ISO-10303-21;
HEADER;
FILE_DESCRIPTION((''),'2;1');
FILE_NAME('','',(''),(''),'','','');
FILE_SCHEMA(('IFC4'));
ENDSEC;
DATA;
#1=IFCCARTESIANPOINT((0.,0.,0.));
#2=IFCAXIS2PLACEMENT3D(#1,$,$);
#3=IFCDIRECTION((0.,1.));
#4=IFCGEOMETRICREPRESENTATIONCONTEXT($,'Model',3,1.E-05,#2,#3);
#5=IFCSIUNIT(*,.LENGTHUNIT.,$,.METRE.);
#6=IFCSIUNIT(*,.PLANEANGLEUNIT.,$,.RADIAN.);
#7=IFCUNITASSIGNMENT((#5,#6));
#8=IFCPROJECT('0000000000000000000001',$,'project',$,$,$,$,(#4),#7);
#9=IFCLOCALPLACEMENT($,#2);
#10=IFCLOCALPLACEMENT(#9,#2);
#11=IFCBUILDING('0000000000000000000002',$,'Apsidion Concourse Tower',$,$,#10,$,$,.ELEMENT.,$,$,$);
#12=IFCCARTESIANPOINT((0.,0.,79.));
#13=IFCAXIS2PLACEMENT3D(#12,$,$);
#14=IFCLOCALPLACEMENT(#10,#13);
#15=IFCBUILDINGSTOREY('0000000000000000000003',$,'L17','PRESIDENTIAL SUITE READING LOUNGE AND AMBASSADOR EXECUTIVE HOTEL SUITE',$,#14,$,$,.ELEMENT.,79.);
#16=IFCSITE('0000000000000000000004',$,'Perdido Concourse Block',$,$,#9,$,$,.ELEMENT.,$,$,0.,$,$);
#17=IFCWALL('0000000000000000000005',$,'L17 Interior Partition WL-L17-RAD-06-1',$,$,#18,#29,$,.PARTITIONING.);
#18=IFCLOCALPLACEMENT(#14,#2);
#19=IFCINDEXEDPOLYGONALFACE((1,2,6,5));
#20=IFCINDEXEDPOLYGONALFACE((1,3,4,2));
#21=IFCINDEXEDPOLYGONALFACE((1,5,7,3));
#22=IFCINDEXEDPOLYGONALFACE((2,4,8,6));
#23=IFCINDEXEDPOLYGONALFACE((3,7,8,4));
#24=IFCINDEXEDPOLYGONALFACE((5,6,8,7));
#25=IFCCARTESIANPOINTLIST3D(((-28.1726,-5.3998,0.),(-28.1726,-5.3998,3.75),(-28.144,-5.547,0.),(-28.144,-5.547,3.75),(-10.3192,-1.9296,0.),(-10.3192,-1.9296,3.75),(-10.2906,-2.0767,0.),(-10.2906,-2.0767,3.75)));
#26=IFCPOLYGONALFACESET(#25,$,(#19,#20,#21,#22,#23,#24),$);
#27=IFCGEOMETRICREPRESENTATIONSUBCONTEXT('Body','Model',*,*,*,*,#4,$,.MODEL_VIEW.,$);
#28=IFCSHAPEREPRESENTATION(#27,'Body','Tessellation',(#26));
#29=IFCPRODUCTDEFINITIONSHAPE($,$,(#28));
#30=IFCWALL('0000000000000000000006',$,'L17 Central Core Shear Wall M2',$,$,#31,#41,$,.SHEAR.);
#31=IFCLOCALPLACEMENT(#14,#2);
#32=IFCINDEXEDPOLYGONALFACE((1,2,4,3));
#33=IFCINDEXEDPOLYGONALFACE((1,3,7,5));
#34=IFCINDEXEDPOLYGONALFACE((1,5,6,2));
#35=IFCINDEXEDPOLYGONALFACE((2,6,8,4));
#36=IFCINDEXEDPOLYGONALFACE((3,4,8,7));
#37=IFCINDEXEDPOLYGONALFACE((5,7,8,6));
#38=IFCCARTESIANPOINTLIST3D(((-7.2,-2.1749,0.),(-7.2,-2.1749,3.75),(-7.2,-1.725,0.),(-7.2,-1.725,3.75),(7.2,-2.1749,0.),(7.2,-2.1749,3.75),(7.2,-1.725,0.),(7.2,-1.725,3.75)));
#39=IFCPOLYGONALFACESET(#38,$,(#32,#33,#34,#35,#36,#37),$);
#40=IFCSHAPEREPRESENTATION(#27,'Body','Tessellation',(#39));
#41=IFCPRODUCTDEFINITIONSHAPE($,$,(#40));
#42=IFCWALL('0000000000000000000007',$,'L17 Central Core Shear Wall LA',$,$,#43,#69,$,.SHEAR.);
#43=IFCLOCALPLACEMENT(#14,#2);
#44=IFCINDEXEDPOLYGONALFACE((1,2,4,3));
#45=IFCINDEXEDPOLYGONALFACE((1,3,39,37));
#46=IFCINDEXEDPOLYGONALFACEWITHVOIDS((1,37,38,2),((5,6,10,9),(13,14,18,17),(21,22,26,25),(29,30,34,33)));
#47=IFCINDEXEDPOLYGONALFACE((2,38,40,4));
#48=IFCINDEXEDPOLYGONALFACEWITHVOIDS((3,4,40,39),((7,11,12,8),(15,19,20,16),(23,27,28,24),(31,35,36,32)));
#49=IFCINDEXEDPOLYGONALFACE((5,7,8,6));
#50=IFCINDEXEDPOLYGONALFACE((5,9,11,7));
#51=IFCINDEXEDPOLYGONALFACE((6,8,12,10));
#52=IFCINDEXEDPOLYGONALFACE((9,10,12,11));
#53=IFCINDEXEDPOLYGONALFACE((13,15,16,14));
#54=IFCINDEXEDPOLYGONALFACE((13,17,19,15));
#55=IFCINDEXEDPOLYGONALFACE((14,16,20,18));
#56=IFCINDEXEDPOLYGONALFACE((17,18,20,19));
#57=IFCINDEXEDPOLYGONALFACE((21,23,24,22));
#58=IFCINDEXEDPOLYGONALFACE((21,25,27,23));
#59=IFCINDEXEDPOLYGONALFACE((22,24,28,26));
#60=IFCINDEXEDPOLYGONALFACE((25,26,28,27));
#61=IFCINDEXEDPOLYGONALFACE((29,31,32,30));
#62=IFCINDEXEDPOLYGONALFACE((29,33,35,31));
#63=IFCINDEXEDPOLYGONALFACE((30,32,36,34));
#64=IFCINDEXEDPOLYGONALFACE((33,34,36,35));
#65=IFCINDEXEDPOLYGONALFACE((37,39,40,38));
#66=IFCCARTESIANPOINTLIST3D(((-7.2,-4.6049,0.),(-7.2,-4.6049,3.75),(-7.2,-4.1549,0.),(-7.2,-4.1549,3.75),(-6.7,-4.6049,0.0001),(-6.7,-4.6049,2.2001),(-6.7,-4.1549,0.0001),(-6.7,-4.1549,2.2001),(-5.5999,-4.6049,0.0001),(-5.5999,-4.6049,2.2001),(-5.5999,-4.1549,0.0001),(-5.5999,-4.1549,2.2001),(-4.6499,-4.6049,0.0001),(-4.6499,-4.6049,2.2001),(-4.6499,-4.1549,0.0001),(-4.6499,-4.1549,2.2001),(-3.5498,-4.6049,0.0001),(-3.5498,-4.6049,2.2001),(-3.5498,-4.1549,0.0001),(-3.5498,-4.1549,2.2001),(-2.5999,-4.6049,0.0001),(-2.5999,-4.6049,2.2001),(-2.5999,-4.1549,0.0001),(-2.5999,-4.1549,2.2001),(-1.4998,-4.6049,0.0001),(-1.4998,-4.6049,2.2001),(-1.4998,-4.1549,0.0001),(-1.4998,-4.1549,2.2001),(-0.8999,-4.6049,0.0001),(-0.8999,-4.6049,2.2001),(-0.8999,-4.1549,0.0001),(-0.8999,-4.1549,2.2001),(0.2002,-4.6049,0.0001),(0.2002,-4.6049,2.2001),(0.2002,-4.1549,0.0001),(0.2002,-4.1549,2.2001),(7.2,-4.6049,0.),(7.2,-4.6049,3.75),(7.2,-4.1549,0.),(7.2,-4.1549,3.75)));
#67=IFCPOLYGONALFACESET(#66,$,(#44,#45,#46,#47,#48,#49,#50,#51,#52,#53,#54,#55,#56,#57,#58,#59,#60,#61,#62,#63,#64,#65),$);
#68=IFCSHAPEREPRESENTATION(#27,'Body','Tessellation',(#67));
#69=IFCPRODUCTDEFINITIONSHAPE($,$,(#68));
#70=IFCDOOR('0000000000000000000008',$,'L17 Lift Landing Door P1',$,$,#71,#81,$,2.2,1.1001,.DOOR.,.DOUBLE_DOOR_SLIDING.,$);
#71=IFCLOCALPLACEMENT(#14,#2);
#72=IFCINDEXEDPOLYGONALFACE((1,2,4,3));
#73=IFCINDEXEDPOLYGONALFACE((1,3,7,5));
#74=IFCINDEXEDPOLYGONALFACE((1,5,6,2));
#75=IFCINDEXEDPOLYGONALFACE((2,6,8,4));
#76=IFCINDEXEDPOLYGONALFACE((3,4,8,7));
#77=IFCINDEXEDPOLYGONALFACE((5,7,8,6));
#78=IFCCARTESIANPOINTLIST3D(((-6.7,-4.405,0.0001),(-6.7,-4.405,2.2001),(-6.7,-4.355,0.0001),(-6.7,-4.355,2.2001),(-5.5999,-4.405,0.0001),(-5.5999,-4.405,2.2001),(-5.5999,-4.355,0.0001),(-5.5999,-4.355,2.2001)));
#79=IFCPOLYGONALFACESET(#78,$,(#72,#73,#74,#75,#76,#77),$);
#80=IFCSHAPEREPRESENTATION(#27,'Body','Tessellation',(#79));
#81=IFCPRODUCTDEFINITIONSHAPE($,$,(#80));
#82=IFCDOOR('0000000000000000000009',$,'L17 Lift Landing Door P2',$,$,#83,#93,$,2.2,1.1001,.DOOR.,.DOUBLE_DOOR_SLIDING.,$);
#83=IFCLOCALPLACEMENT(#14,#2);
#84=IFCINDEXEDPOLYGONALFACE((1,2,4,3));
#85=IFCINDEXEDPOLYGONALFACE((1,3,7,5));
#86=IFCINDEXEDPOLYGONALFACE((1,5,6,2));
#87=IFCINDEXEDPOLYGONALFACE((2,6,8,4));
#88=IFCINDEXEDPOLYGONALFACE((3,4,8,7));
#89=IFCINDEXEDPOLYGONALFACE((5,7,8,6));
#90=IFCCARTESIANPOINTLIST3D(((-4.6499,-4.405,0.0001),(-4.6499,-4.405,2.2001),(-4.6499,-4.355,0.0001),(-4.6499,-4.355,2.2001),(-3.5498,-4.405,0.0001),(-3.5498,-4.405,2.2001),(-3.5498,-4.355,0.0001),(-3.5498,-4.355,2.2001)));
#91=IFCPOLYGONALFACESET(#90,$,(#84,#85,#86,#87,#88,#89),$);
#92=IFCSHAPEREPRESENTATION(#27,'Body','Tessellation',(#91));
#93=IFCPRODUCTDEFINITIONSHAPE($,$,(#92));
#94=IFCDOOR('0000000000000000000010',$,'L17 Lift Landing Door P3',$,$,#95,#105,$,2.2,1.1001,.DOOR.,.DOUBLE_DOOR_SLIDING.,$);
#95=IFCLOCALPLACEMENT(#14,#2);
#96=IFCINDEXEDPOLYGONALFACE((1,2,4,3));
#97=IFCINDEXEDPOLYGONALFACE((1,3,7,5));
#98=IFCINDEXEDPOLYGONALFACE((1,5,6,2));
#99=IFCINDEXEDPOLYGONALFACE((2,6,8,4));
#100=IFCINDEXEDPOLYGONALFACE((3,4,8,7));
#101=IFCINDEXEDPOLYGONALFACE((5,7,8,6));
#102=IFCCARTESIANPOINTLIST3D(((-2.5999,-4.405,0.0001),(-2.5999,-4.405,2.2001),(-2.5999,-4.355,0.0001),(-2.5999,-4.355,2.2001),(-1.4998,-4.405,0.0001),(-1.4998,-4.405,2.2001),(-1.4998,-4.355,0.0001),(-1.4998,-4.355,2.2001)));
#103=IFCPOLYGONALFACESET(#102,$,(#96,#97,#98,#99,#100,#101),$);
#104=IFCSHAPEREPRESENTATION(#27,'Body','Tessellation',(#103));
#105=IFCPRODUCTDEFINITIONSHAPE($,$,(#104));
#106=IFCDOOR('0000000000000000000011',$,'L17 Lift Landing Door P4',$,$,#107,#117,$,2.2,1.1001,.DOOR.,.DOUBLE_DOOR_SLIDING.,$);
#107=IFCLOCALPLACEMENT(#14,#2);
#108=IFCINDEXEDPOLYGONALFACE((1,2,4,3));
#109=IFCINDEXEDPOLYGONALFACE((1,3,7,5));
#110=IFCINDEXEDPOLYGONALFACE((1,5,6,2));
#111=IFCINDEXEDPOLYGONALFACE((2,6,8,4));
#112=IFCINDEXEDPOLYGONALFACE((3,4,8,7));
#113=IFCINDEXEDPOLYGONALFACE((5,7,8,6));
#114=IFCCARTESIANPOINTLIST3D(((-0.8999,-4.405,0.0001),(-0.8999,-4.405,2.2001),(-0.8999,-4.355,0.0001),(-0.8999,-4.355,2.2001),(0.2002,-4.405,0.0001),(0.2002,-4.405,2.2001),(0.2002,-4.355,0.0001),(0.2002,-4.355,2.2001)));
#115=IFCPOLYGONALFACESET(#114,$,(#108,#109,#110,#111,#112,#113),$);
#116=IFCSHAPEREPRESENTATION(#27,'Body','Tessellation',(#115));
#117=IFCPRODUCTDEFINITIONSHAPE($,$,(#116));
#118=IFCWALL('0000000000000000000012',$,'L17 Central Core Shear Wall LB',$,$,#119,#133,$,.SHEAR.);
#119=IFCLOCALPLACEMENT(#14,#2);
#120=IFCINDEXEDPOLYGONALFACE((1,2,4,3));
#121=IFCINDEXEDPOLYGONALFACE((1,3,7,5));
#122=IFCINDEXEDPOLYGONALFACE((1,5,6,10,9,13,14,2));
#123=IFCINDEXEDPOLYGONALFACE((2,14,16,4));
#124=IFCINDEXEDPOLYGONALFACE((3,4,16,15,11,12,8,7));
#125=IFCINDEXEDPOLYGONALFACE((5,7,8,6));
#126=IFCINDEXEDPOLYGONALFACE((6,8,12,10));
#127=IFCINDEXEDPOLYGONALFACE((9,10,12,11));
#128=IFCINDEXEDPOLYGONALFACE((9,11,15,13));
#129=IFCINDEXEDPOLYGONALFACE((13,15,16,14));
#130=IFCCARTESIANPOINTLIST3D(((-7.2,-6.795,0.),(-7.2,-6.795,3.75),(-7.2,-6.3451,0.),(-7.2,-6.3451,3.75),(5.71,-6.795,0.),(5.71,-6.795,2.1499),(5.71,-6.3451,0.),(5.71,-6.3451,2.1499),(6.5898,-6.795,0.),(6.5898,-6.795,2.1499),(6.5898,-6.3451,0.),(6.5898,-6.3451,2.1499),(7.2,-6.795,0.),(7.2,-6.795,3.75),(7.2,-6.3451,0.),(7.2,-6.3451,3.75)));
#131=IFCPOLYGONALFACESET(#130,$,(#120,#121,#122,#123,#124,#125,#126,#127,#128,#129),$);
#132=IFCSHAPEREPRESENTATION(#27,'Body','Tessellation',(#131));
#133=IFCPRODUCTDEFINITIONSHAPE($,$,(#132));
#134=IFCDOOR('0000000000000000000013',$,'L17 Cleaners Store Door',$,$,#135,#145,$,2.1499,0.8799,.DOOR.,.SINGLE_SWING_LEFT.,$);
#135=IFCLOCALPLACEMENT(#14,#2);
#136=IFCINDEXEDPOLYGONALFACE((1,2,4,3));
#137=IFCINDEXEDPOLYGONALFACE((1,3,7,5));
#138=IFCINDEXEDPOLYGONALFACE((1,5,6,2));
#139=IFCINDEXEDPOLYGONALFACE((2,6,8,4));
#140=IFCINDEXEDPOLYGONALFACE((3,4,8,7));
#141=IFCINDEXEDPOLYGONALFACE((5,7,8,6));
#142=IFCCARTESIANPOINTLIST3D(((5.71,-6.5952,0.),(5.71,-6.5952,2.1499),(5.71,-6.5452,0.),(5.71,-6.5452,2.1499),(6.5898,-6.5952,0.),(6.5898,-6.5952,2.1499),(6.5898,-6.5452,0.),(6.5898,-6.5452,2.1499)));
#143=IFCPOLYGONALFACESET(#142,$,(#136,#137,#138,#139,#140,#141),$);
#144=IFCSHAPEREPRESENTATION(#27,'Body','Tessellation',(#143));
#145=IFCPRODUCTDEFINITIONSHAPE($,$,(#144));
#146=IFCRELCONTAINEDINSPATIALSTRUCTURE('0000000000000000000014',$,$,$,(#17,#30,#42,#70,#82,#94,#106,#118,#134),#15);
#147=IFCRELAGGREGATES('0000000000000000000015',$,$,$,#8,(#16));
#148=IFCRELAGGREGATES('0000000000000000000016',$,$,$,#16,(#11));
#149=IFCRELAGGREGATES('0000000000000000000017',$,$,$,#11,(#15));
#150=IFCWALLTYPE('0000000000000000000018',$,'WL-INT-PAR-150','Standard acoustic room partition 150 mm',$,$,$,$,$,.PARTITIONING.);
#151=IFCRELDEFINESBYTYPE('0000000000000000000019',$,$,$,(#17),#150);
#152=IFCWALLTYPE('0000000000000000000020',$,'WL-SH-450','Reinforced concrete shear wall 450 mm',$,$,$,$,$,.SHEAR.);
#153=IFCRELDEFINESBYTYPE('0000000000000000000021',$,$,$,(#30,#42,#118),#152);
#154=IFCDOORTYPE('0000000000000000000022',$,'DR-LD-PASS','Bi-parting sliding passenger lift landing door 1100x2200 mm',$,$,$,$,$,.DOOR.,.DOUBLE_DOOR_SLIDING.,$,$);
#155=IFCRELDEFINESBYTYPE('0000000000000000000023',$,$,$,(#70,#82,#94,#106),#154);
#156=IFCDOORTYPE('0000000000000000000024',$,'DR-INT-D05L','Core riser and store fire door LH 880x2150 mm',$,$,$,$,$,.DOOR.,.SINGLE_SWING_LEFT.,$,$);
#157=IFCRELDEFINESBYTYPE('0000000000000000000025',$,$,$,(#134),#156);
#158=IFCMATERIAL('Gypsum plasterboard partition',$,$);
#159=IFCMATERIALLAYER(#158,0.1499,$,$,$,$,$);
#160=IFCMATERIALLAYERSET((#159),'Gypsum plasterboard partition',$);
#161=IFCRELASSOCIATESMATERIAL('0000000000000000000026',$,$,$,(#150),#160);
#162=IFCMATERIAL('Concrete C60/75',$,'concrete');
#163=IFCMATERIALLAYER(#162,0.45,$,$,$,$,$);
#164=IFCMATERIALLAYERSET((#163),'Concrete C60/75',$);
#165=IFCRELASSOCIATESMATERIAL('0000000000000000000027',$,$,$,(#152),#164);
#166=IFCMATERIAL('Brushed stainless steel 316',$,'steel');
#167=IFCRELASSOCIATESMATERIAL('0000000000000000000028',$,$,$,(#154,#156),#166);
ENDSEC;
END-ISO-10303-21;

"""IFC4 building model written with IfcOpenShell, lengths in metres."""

from ifc_helpers import new_model, si_unit, direction, frame, frame_2d, origin, place, context, subcontext, project, spatial, rectangle, extrude, material, layer, layer_set, type_object, element, fill, save


model = new_model("IFC4")

# Units and contexts
model_context = context("Model", 3, precision=1e-05, world=origin(), true_north=direction((0.0, 1.0)))
body_context = subcontext(model_context, "Body", "Model", "MODEL_VIEW")
ifc_project = project(units=[si_unit("LENGTHUNIT", "METRE"), si_unit("PLANEANGLEUNIT", "RADIAN")], contexts=[model_context])

# Site, building, storey
site_placement = place(None, origin())
site = spatial("IfcSite", under=ifc_project, at=site_placement, Name="Perdido Concourse Block", CompositionType="ELEMENT", RefElevation=0.0)
building_placement = place(site_placement, origin())
building = spatial("IfcBuilding", under=site, at=building_placement, Name="Apsidion Concourse Tower", CompositionType="ELEMENT")
storey_placement = place(building_placement, frame((0.0, 0.0, 79.0)))
storey = spatial("IfcBuildingStorey", under=building, at=storey_placement, Name="L17", Description="PRESIDENTIAL SUITE READING LOUNGE AND AMBASSADOR EXECUTIVE HOTEL SUITE", CompositionType="ELEMENT", Elevation=79.0)

# Walls
ifc_material_1 = material(Name="Gypsum plasterboard partition")
ifc_layer_1 = layer(ifc_material_1, 0.1499)
ifc_layer_set_1 = layer_set([ifc_layer_1], Name="Gypsum plasterboard partition")
wall_type_1 = type_object("IfcWallType", Name="WL-INT-PAR-150", Description="Standard acoustic room partition 150 mm", PredefinedType="PARTITIONING", material=ifc_layer_set_1)
wall_1_placement = place(storey_placement, frame((-10.3049, -2.0032, 0.0), z_axis=(0.0, 0.0, 1.0), x_axis=(-0.981628, -0.190803, 0.0)))
element("IfcWall", 1, at=wall_1_placement, inside=storey, type_object=wall_type_1, Name="L17 Interior Partition WL-L17-RAD-06-1", PredefinedType="PARTITIONING", context=body_context, shape_type="SweptSolid", body=[
    extrude(rectangle(XDim=18.1875, YDim=0.1499, at=frame_2d((9.0938, 0.0))), origin(), (0.0, 0.0, 1.0), 3.75),
])
ifc_material_2 = material(Name="Concrete C60/75", Category="concrete")
ifc_layer_2 = layer(ifc_material_2, 0.45)
ifc_layer_set_2 = layer_set([ifc_layer_2], Name="Concrete C60/75")
wall_type_2 = type_object("IfcWallType", Name="WL-SH-450", Description="Reinforced concrete shear wall 450 mm", PredefinedType="SHEAR", material=ifc_layer_set_2)
wall_2_placement = place(storey_placement, frame((-7.2, -1.95, 0.0), z_axis=(0.0, 0.0, 1.0), x_axis=(1.0, 0.0, 0.0)))
element("IfcWall", 2, at=wall_2_placement, inside=storey, type_object=wall_type_2, Name="L17 Central Core Shear Wall M2", PredefinedType="SHEAR", context=body_context, shape_type="SweptSolid", body=[
    extrude(rectangle(XDim=14.3999, YDim=0.45, at=frame_2d((7.2, 0.0))), origin(), (0.0, 0.0, 1.0), 3.75),
])

# Wall, openings, doors
wall_3_placement = place(storey_placement, frame((-7.2, -4.3799, 0.0), z_axis=(0.0, 0.0, 1.0), x_axis=(1.0, 0.0, 0.0)))
wall_3 = element("IfcWall", 3, at=wall_3_placement, inside=storey, type_object=wall_type_2, Name="L17 Central Core Shear Wall LA", PredefinedType="SHEAR", context=body_context, shape_type="SweptSolid", body=[
    extrude(rectangle(XDim=14.3999, YDim=0.45, at=frame_2d((7.2, 0.0))), origin(), (0.0, 0.0, 1.0), 3.75),
])
opening_1_placement = place(wall_3_placement, frame((0.5, 0.0, 0.0)))
opening_1 = element("IfcOpeningElement", 4, at=opening_1_placement, cuts=wall_3, PredefinedType="OPENING", context=body_context, shape_type="SweptSolid", body=[
    extrude(rectangle(XDim=1.1001, YDim=2.2, at=frame_2d((0.55, 1.1001))), frame((0.0, 0.2349, 0.0), z_axis=(0.0, -1.0, 0.0), x_axis=(1.0, 0.0, 0.0)), (0.0, 0.0, 1.0), 0.47),
])
opening_2_placement = place(wall_3_placement, frame((2.55, 0.0, 0.0)))
opening_2 = element("IfcOpeningElement", 5, at=opening_2_placement, cuts=wall_3, PredefinedType="OPENING", context=body_context, shape_type="SweptSolid", body=[
    extrude(rectangle(XDim=1.1001, YDim=2.2, at=frame_2d((0.55, 1.1001))), frame((0.0, 0.2349, 0.0), z_axis=(0.0, -1.0, 0.0), x_axis=(1.0, 0.0, 0.0)), (0.0, 0.0, 1.0), 0.47),
])
opening_3_placement = place(wall_3_placement, frame((4.6001, 0.0, 0.0)))
opening_3 = element("IfcOpeningElement", 6, at=opening_3_placement, cuts=wall_3, PredefinedType="OPENING", context=body_context, shape_type="SweptSolid", body=[
    extrude(rectangle(XDim=1.1001, YDim=2.2, at=frame_2d((0.55, 1.1001))), frame((0.0, 0.2349, 0.0), z_axis=(0.0, -1.0, 0.0), x_axis=(1.0, 0.0, 0.0)), (0.0, 0.0, 1.0), 0.47),
])
opening_4_placement = place(wall_3_placement, frame((6.3, 0.0, 0.0)))
opening_4 = element("IfcOpeningElement", 7, at=opening_4_placement, cuts=wall_3, PredefinedType="OPENING", context=body_context, shape_type="SweptSolid", body=[
    extrude(rectangle(XDim=1.1001, YDim=2.2, at=frame_2d((0.55, 1.1001))), frame((0.0, 0.2349, 0.0), z_axis=(0.0, -1.0, 0.0), x_axis=(1.0, 0.0, 0.0)), (0.0, 0.0, 1.0), 0.47),
])
ifc_material_3 = material(Name="Brushed stainless steel 316", Category="steel")
door_type_1 = type_object("IfcDoorType", Name="DR-LD-PASS", Description="Bi-parting sliding passenger lift landing door 1100x2200 mm", OperationType="DOUBLE_DOOR_SLIDING", PredefinedType="DOOR", material=ifc_material_3)
door_1_placement = place(opening_1_placement, origin())
door_1 = element("IfcDoor", 8, at=door_1_placement, inside=storey, type_object=door_type_1, Name="L17 Lift Landing Door P1", OperationType="DOUBLE_DOOR_SLIDING", OverallHeight=2.2, OverallWidth=1.1001, PredefinedType="DOOR", context=body_context, shape_type="SweptSolid", body=[
    extrude(rectangle(XDim=1.1001, YDim=2.2, at=frame_2d((0.55, 1.1001))), frame((0.0, 0.0249, 0.0), z_axis=(0.0, -1.0, 0.0), x_axis=(1.0, 0.0, 0.0)), (0.0, 0.0, 1.0), 0.05),
])
fill(opening_1, door_1)
door_2_placement = place(opening_2_placement, origin())
door_2 = element("IfcDoor", 9, at=door_2_placement, inside=storey, type_object=door_type_1, Name="L17 Lift Landing Door P2", OperationType="DOUBLE_DOOR_SLIDING", OverallHeight=2.2, OverallWidth=1.1001, PredefinedType="DOOR", context=body_context, shape_type="SweptSolid", body=[
    extrude(rectangle(XDim=1.1001, YDim=2.2, at=frame_2d((0.55, 1.1001))), frame((0.0, 0.0249, 0.0), z_axis=(0.0, -1.0, 0.0), x_axis=(1.0, 0.0, 0.0)), (0.0, 0.0, 1.0), 0.05),
])
fill(opening_2, door_2)
door_3_placement = place(opening_3_placement, origin())
door_3 = element("IfcDoor", 10, at=door_3_placement, inside=storey, type_object=door_type_1, Name="L17 Lift Landing Door P3", OperationType="DOUBLE_DOOR_SLIDING", OverallHeight=2.2, OverallWidth=1.1001, PredefinedType="DOOR", context=body_context, shape_type="SweptSolid", body=[
    extrude(rectangle(XDim=1.1001, YDim=2.2, at=frame_2d((0.55, 1.1001))), frame((0.0, 0.0249, 0.0), z_axis=(0.0, -1.0, 0.0), x_axis=(1.0, 0.0, 0.0)), (0.0, 0.0, 1.0), 0.05),
])
fill(opening_3, door_3)
door_4_placement = place(opening_4_placement, origin())
door_4 = element("IfcDoor", 11, at=door_4_placement, inside=storey, type_object=door_type_1, Name="L17 Lift Landing Door P4", OperationType="DOUBLE_DOOR_SLIDING", OverallHeight=2.2, OverallWidth=1.1001, PredefinedType="DOOR", context=body_context, shape_type="SweptSolid", body=[
    extrude(rectangle(XDim=1.1001, YDim=2.2, at=frame_2d((0.55, 1.1001))), frame((0.0, 0.0249, 0.0), z_axis=(0.0, -1.0, 0.0), x_axis=(1.0, 0.0, 0.0)), (0.0, 0.0, 1.0), 0.05),
])
fill(opening_4, door_4)

# Wall, opening, door
wall_4_placement = place(storey_placement, frame((-7.2, -6.5701, 0.0), z_axis=(0.0, 0.0, 1.0), x_axis=(1.0, 0.0, 0.0)))
wall_4 = element("IfcWall", 12, at=wall_4_placement, inside=storey, type_object=wall_type_2, Name="L17 Central Core Shear Wall LB", PredefinedType="SHEAR", context=body_context, shape_type="SweptSolid", body=[
    extrude(rectangle(XDim=14.3999, YDim=0.45, at=frame_2d((7.2, 0.0))), origin(), (0.0, 0.0, 1.0), 3.75),
])
opening_5_placement = place(wall_4_placement, frame((12.9099, 0.0, 0.0)))
opening_5 = element("IfcOpeningElement", 13, at=opening_5_placement, cuts=wall_4, PredefinedType="OPENING", context=body_context, shape_type="SweptSolid", body=[
    extrude(rectangle(XDim=0.8799, YDim=2.1499, at=frame_2d((0.4399, 1.075))), frame((0.0, 0.2349, 0.0), z_axis=(0.0, -1.0, 0.0), x_axis=(1.0, 0.0, 0.0)), (0.0, 0.0, 1.0), 0.47),
])
door_type_2 = type_object("IfcDoorType", Name="DR-INT-D05L", Description="Core riser and store fire door LH 880x2150 mm", OperationType="SINGLE_SWING_LEFT", PredefinedType="DOOR", material=ifc_material_3)
door_5_placement = place(opening_5_placement, origin())
door_5 = element("IfcDoor", 14, at=door_5_placement, inside=storey, type_object=door_type_2, Name="L17 Cleaners Store Door", OperationType="SINGLE_SWING_LEFT", OverallHeight=2.1499, OverallWidth=0.8799, PredefinedType="DOOR", context=body_context, shape_type="SweptSolid", body=[
    extrude(rectangle(XDim=0.8799, YDim=2.1499, at=frame_2d((0.4399, 1.075))), frame((0.0, 0.0249, 0.0), z_axis=(0.0, -1.0, 0.0), x_axis=(1.0, 0.0, 0.0)), (0.0, 0.0, 1.0), 0.05),
])
fill(opening_5, door_5)

save(model, "model.ifc")
